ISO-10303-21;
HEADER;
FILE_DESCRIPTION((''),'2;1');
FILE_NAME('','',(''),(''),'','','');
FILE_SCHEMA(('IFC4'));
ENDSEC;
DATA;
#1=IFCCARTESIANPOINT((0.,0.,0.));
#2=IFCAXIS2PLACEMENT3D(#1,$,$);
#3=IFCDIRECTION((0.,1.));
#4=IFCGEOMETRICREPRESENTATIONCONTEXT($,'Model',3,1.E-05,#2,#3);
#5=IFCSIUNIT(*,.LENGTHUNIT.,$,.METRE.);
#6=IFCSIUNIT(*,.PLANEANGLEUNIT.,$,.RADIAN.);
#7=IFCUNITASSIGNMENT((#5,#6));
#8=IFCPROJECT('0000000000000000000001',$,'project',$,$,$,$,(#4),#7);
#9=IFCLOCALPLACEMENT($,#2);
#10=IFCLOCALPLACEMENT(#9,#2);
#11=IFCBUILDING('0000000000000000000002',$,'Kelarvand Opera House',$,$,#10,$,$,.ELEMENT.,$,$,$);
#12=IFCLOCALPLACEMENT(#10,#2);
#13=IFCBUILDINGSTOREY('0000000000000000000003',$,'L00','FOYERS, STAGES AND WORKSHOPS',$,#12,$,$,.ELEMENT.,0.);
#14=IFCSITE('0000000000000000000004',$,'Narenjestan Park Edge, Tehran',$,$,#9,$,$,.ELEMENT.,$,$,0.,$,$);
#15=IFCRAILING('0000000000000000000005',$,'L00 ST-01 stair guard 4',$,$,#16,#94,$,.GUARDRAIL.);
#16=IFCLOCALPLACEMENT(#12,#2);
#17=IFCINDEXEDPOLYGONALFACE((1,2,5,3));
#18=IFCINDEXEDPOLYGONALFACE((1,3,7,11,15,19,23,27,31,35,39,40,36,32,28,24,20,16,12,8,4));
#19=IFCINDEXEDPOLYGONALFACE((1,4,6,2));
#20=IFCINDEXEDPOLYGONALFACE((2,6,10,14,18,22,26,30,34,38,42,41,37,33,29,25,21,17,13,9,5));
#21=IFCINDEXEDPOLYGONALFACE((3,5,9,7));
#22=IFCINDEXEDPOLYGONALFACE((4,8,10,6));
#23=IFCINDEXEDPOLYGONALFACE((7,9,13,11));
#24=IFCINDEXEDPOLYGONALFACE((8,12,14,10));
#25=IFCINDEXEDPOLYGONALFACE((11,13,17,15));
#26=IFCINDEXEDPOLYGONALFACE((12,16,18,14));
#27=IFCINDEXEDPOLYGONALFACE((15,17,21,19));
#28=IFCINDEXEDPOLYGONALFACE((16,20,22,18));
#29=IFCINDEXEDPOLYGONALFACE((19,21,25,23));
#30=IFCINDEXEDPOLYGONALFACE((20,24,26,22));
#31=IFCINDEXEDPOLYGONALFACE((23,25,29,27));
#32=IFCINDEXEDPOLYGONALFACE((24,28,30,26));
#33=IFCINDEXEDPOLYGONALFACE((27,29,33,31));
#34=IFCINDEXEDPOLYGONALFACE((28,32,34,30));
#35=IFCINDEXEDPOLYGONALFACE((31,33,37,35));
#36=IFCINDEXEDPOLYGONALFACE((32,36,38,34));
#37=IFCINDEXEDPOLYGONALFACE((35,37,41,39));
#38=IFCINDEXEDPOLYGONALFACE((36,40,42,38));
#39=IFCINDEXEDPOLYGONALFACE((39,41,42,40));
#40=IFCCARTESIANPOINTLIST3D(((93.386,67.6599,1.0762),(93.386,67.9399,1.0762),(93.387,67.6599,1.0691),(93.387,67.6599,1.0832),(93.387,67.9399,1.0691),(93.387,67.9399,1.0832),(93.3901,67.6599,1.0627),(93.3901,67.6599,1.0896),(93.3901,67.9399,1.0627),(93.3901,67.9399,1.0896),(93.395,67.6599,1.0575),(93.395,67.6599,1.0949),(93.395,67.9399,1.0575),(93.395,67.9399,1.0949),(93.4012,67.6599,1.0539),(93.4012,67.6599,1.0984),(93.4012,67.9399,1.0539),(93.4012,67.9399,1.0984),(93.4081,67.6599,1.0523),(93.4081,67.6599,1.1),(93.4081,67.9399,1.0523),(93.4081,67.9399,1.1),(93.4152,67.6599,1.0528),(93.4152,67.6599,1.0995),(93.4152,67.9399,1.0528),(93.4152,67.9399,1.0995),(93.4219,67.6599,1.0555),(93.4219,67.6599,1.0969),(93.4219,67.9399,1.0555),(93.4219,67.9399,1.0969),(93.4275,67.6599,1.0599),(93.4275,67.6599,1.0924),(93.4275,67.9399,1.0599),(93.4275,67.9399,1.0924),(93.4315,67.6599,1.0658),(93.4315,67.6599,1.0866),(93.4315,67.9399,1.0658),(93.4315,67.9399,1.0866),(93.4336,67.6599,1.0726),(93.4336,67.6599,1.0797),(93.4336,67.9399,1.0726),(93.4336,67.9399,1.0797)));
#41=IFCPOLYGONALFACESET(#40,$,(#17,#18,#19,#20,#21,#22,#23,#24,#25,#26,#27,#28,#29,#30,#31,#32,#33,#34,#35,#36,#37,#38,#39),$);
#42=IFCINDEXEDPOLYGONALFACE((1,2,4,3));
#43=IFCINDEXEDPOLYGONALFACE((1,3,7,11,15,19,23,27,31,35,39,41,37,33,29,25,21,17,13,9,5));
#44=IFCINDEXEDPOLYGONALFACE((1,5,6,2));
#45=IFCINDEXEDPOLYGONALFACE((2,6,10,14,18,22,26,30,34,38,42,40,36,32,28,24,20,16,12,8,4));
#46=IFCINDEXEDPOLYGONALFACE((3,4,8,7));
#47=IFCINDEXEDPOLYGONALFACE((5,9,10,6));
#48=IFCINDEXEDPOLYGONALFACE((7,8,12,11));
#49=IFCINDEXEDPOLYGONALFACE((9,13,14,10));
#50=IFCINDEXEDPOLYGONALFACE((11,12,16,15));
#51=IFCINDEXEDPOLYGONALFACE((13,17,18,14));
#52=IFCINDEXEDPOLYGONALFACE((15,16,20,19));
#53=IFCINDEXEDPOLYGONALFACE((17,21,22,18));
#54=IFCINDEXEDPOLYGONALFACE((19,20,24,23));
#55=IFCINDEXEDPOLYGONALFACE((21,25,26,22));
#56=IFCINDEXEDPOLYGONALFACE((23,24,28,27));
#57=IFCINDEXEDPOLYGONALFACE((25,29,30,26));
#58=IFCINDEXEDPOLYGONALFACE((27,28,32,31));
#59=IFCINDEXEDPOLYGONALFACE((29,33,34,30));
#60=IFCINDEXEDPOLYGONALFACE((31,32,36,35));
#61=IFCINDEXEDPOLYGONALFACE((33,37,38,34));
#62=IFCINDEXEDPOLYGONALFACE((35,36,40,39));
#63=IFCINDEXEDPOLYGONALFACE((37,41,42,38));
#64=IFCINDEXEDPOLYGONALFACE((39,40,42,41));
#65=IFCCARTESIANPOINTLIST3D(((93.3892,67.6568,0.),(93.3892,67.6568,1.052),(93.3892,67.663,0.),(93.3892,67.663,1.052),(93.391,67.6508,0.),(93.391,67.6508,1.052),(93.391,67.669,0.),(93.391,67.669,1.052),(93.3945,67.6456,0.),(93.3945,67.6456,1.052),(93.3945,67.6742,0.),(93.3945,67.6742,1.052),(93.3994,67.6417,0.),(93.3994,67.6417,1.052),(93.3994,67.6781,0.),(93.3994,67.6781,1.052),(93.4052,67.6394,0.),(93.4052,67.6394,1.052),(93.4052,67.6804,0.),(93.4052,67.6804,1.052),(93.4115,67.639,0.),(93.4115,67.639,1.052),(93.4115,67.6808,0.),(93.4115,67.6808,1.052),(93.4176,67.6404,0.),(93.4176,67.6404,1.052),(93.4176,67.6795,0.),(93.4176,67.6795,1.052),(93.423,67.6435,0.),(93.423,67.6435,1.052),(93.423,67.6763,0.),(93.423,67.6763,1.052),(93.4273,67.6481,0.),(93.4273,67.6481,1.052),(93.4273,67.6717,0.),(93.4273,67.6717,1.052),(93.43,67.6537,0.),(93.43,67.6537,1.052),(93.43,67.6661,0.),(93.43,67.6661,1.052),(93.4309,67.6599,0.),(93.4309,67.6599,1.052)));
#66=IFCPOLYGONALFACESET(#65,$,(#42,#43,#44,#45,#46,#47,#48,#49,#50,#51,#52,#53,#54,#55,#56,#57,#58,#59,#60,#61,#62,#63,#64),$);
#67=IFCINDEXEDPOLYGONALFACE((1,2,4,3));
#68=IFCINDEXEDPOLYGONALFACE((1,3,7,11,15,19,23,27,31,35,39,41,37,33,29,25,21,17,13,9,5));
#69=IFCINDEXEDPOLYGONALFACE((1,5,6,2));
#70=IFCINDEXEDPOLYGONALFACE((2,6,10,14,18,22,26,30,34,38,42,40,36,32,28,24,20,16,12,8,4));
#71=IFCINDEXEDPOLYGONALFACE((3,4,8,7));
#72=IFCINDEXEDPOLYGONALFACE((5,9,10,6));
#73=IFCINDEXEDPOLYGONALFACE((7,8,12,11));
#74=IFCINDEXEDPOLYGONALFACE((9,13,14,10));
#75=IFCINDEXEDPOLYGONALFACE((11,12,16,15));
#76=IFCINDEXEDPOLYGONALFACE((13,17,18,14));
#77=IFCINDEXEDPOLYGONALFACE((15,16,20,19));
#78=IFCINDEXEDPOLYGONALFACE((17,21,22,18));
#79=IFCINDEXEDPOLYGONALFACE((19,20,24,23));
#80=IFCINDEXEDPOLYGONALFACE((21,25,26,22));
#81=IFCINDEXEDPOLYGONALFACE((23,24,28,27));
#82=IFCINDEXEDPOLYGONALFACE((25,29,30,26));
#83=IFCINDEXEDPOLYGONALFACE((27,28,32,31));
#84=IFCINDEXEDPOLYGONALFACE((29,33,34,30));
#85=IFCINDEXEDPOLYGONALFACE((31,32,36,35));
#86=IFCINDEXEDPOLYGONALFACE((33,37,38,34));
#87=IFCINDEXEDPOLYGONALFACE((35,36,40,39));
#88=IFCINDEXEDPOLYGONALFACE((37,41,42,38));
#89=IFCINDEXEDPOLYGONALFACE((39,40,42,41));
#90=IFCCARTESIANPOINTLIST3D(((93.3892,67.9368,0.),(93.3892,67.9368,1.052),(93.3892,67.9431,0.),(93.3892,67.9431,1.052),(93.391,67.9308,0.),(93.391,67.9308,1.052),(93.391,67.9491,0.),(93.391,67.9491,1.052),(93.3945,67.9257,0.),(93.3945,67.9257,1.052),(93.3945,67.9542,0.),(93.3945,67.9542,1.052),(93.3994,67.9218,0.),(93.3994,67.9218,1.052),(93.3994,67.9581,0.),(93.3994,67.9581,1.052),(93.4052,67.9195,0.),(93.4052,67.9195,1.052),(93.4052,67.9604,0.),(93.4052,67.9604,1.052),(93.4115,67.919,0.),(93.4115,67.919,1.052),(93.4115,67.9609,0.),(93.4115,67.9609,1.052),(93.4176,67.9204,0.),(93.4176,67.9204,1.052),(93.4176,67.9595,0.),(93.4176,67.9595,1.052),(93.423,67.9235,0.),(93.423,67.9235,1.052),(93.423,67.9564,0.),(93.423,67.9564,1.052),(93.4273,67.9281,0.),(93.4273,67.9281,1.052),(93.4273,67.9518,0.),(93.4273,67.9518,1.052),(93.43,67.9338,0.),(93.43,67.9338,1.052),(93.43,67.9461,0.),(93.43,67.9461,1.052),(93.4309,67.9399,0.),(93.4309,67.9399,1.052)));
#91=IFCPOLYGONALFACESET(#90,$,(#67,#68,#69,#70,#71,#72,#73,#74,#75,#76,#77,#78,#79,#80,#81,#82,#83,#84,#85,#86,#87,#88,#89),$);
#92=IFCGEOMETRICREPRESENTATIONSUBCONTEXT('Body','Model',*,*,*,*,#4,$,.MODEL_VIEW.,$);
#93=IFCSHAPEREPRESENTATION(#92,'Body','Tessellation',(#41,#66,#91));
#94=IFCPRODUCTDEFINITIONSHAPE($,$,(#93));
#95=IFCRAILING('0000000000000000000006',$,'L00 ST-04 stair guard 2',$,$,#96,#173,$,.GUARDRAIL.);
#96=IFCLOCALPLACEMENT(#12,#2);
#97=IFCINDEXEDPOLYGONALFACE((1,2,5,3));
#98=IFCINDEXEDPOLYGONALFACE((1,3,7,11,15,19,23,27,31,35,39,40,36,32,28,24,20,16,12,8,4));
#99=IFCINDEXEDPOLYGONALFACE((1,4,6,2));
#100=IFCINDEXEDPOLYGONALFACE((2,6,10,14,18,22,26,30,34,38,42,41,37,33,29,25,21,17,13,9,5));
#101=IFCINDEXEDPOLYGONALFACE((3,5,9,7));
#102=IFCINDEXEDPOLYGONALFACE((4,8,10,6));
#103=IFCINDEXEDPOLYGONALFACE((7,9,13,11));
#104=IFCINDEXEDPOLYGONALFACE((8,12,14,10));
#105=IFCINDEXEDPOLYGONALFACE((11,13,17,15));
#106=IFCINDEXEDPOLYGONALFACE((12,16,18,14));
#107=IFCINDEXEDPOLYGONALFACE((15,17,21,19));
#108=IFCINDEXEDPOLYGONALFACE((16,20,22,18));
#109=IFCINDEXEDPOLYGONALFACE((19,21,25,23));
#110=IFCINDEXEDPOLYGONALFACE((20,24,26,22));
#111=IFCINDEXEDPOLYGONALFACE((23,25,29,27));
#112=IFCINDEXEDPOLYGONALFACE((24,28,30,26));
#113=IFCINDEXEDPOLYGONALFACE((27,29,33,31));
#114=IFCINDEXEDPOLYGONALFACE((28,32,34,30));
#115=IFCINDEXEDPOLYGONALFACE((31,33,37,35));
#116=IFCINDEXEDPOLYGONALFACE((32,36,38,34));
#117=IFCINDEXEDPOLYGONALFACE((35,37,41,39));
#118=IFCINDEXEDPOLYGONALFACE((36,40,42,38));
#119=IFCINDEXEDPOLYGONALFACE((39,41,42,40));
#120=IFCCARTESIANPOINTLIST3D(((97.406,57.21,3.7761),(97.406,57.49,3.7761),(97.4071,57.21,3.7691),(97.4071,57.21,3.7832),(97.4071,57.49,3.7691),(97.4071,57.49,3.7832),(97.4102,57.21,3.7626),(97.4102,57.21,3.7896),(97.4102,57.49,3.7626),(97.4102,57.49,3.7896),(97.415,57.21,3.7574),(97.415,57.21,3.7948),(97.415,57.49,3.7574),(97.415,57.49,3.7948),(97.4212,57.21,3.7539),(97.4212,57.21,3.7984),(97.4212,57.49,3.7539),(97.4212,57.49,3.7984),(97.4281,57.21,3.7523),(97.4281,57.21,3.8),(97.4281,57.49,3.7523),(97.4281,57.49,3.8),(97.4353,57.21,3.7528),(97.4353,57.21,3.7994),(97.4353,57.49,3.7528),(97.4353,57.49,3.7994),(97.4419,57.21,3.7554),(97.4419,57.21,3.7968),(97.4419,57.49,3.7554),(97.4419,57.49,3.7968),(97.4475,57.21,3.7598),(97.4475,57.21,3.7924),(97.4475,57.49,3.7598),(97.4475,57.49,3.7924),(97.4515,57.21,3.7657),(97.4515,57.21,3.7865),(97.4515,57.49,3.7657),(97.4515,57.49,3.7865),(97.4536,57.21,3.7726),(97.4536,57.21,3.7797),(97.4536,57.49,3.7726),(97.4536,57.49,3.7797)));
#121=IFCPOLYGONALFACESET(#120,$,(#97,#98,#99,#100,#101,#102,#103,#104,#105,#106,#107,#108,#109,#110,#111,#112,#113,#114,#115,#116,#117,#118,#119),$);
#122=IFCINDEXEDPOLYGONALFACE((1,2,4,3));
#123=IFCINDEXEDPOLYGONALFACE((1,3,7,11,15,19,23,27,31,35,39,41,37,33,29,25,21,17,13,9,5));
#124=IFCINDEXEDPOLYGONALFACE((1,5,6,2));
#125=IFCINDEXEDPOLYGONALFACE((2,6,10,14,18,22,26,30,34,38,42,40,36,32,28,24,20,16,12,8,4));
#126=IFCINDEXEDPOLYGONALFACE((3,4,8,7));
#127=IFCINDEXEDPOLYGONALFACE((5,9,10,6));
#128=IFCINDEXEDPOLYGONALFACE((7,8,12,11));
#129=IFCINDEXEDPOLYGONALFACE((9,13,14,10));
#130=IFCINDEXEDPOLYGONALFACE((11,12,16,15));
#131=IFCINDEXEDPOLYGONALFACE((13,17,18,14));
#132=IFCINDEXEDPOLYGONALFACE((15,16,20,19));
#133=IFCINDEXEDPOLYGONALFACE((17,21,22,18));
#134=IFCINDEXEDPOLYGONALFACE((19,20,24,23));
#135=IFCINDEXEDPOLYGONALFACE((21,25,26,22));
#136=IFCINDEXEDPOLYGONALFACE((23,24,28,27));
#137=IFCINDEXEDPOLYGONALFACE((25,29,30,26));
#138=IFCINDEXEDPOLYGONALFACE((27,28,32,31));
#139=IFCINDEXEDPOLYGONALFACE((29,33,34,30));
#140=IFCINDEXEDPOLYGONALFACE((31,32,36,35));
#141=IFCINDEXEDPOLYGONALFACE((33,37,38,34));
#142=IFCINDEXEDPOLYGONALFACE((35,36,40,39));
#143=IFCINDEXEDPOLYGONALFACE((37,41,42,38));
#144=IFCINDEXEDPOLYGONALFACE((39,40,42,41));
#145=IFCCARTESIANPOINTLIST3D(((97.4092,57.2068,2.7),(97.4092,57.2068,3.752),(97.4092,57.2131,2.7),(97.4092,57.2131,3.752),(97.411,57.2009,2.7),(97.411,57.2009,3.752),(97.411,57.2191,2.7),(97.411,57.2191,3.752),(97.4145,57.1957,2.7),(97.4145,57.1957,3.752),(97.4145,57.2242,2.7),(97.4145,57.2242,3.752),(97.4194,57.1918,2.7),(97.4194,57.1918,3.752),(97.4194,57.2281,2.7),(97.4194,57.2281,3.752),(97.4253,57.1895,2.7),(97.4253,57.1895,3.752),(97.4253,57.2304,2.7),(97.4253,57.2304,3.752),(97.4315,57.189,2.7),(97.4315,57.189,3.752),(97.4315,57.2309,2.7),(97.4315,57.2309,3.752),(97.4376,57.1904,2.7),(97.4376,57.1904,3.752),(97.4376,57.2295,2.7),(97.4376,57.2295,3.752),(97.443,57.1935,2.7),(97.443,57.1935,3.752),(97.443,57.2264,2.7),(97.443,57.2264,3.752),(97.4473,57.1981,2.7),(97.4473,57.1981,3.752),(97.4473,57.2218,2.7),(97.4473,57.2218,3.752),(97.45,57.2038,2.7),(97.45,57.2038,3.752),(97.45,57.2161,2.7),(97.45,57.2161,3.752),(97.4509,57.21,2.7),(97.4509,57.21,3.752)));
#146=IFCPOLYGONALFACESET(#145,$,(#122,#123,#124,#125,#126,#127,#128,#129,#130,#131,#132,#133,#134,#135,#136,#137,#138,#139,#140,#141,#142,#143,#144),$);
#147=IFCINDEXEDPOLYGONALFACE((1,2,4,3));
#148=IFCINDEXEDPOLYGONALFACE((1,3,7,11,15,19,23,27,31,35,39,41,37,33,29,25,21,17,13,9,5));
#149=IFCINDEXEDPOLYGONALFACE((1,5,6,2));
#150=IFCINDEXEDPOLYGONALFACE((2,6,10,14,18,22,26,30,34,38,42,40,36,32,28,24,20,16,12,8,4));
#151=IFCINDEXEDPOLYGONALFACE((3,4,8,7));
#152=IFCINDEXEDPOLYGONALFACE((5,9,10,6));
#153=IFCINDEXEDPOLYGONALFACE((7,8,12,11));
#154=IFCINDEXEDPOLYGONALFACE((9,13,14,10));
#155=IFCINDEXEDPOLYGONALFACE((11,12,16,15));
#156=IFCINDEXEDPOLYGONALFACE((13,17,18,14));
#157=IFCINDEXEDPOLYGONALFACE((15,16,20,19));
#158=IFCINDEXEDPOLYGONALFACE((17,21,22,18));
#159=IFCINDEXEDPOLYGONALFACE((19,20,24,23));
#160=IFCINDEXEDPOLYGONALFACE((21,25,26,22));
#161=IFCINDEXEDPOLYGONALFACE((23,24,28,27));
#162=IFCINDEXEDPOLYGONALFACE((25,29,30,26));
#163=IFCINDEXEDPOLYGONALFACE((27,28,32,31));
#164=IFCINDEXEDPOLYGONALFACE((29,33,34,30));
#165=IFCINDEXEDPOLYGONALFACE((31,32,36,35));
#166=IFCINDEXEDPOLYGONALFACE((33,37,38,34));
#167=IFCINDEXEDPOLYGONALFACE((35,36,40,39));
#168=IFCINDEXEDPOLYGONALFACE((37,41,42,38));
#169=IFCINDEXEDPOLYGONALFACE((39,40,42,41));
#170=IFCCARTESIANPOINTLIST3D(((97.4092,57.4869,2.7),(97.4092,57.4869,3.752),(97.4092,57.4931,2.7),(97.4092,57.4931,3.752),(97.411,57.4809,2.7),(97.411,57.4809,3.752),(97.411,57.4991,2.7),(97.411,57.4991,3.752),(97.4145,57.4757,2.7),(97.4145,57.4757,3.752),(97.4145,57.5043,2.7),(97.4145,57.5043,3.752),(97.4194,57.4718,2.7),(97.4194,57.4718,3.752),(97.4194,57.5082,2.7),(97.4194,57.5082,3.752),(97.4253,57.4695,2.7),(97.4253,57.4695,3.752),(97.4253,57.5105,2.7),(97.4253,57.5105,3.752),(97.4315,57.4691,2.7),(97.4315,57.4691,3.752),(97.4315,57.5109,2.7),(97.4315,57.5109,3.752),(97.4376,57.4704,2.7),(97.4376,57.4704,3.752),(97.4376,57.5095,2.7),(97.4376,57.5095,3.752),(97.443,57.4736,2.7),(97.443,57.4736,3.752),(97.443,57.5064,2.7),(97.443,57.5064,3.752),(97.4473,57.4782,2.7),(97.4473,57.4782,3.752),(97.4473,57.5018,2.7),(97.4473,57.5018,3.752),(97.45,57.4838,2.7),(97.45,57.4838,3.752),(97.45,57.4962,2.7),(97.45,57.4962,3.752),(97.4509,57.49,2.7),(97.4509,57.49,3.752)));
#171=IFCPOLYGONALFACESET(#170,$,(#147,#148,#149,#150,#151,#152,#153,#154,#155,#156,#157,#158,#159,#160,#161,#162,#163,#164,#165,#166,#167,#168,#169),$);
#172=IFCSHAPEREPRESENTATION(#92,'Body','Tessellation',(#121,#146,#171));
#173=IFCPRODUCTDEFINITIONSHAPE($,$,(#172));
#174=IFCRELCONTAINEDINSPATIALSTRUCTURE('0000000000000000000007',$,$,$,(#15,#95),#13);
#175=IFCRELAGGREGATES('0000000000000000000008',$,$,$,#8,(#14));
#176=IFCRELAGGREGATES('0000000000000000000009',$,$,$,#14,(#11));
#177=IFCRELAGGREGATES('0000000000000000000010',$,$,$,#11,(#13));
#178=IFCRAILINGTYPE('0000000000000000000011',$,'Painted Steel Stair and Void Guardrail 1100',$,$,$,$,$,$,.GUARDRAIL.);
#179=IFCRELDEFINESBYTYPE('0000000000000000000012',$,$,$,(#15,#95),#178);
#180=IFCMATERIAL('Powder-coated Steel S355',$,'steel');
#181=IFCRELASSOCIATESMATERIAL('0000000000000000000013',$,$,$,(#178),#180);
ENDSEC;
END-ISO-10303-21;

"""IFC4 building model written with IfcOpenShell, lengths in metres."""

from ifc_helpers import new_model, si_unit, direction, frame, origin, origin_2d, place, context, subcontext, project, spatial, circle, extrude, material, type_object, element, save


model = new_model("IFC4")

# Units and contexts
model_context = context("Model", 3, precision=1e-05, world=origin(), true_north=direction((0.0, 1.0)))
body_context = subcontext(model_context, "Body", "Model", "MODEL_VIEW")
ifc_project = project(units=[si_unit("LENGTHUNIT", "METRE"), si_unit("PLANEANGLEUNIT", "RADIAN")], contexts=[model_context])

# Site, building, storey
site_placement = place(None, origin())
site = spatial("IfcSite", under=ifc_project, at=site_placement, Name="Narenjestan Park Edge, Tehran", CompositionType="ELEMENT", RefElevation=0.0)
building_placement = place(site_placement, origin())
building = spatial("IfcBuilding", under=site, at=building_placement, Name="Kelarvand Opera House", CompositionType="ELEMENT")
storey_placement = place(building_placement, origin())
storey = spatial("IfcBuildingStorey", under=building, at=storey_placement, Name="L00", Description="FOYERS, STAGES AND WORKSHOPS", CompositionType="ELEMENT", Elevation=0.0)

# Railings
ifc_material_1 = material(Name="Powder-coated Steel S355", Category="steel")
railing_type_1 = type_object("IfcRailingType", Name="Painted Steel Stair and Void Guardrail 1100", PredefinedType="GUARDRAIL", material=ifc_material_1)
for number, where, name in (
    (1, (93.4099, 67.6599, 0.0), "L00 ST-01 stair guard 4"),
    (2, (97.4299, 57.21, 2.7), "L00 ST-04 stair guard 2"),
):
    element("IfcRailing", number, at=place(storey_placement, frame(where)), inside=storey, type_object=railing_type_1, Name=name, PredefinedType="GUARDRAIL", context=body_context, shape_type="SweptSolid", body=[
        extrude(circle(Radius=0.0239, at=origin_2d()), frame((0.0, 0.0, 1.0762), z_axis=(0.0, 1.0, 0.0), x_axis=(-1.0, 0.0, 0.0)), (0.0, 0.0, 1.0), 0.28),
        extrude(circle(Radius=0.021, at=origin_2d()), origin(), (0.0, 0.0, 1.0), 1.052),
        extrude(circle(Radius=0.021, at=origin_2d()), frame((0.0, 0.28, 0.0)), (0.0, 0.0, 1.0), 1.052),
    ])

save(model, "model.ifc")
